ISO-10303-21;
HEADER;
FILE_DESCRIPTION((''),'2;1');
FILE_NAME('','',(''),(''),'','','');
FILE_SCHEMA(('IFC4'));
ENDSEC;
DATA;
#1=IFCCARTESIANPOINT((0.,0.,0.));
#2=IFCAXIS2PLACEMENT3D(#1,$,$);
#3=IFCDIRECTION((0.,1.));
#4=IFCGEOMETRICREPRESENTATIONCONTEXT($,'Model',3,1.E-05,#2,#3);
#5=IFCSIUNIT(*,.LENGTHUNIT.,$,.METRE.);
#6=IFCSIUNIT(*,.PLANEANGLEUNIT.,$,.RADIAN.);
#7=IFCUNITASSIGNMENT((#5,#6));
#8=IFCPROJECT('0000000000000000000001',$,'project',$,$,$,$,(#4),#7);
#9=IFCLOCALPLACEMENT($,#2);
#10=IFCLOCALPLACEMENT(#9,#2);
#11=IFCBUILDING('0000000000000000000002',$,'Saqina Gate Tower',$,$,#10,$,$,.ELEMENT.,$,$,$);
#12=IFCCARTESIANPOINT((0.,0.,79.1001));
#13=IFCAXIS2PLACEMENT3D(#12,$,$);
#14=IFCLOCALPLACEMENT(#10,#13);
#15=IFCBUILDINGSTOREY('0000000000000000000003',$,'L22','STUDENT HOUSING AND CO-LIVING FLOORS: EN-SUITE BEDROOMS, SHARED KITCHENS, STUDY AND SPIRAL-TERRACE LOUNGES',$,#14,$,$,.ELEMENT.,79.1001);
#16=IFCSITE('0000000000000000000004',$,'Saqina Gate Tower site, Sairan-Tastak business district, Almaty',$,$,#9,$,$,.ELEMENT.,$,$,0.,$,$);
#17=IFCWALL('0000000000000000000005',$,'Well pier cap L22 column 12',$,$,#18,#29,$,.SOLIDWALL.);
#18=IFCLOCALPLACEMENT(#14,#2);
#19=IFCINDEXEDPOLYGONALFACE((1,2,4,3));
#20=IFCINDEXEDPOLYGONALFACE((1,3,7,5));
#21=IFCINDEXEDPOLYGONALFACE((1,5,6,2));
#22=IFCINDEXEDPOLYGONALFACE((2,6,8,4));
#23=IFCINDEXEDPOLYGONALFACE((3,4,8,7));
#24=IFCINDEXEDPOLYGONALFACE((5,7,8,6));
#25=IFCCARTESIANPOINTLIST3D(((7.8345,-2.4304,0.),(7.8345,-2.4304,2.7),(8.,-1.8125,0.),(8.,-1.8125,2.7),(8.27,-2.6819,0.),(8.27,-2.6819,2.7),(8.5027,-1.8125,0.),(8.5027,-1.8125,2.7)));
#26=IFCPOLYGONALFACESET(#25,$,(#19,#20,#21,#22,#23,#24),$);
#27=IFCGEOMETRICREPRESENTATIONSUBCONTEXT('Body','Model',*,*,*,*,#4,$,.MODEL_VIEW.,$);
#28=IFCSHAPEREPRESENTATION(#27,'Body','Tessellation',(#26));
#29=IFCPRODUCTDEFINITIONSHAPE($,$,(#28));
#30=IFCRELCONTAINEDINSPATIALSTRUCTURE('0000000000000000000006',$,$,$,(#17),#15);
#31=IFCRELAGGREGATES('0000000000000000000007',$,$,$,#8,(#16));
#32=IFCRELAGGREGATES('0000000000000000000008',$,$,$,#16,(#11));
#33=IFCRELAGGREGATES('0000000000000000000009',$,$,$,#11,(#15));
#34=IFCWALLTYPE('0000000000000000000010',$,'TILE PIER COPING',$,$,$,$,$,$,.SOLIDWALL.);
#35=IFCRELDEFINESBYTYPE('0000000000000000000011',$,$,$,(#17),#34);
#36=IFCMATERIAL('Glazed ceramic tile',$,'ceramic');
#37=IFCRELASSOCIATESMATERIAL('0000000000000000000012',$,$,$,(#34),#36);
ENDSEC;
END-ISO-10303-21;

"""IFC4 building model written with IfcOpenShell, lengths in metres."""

from ifc_helpers import new_model, si_unit, direction, frame, origin, place, context, subcontext, project, spatial, polyline, outline, extrude, material, type_object, element, save


model = new_model("IFC4")

# Units and contexts
model_context = context("Model", 3, precision=1e-05, world=origin(), true_north=direction((0.0, 1.0)))
body_context = subcontext(model_context, "Body", "Model", "MODEL_VIEW")
ifc_project = project(units=[si_unit("LENGTHUNIT", "METRE"), si_unit("PLANEANGLEUNIT", "RADIAN")], contexts=[model_context])

# Site, building, storey
site_placement = place(None, origin())
site = spatial("IfcSite", under=ifc_project, at=site_placement, Name="Saqina Gate Tower site, Sairan-Tastak business district, Almaty", CompositionType="ELEMENT", RefElevation=0.0)
building_placement = place(site_placement, origin())
building = spatial("IfcBuilding", under=site, at=building_placement, Name="Saqina Gate Tower", CompositionType="ELEMENT")
storey_placement = place(building_placement, frame((0.0, 0.0, 79.1001)))
storey = spatial("IfcBuildingStorey", under=building, at=storey_placement, Name="L22", Description="STUDENT HOUSING AND CO-LIVING FLOORS: EN-SUITE BEDROOMS, SHARED KITCHENS, STUDY AND SPIRAL-TERRACE LOUNGES", CompositionType="ELEMENT", Elevation=79.1001)

# Wall
ifc_material_1 = material(Name="Glazed ceramic tile", Category="ceramic")
wall_type_1 = type_object("IfcWallType", Name="TILE PIER COPING", PredefinedType="SOLIDWALL", material=ifc_material_1)
wall_1_placement = place(storey_placement, origin())
element("IfcWall", 1, at=wall_1_placement, inside=storey, type_object=wall_type_1, Name="Well pier cap L22 column 12", PredefinedType="SOLIDWALL", context=body_context, shape_type="SweptSolid", body=[
    extrude(outline(polyline([(8.5027, -1.8125), (8.0, -1.8125), (7.8345, -2.4304), (8.27, -2.6819), (8.5027, -1.8125)])), origin(), (0.0, 0.0, 1.0), 2.7),
])

save(model, "model.ifc")
